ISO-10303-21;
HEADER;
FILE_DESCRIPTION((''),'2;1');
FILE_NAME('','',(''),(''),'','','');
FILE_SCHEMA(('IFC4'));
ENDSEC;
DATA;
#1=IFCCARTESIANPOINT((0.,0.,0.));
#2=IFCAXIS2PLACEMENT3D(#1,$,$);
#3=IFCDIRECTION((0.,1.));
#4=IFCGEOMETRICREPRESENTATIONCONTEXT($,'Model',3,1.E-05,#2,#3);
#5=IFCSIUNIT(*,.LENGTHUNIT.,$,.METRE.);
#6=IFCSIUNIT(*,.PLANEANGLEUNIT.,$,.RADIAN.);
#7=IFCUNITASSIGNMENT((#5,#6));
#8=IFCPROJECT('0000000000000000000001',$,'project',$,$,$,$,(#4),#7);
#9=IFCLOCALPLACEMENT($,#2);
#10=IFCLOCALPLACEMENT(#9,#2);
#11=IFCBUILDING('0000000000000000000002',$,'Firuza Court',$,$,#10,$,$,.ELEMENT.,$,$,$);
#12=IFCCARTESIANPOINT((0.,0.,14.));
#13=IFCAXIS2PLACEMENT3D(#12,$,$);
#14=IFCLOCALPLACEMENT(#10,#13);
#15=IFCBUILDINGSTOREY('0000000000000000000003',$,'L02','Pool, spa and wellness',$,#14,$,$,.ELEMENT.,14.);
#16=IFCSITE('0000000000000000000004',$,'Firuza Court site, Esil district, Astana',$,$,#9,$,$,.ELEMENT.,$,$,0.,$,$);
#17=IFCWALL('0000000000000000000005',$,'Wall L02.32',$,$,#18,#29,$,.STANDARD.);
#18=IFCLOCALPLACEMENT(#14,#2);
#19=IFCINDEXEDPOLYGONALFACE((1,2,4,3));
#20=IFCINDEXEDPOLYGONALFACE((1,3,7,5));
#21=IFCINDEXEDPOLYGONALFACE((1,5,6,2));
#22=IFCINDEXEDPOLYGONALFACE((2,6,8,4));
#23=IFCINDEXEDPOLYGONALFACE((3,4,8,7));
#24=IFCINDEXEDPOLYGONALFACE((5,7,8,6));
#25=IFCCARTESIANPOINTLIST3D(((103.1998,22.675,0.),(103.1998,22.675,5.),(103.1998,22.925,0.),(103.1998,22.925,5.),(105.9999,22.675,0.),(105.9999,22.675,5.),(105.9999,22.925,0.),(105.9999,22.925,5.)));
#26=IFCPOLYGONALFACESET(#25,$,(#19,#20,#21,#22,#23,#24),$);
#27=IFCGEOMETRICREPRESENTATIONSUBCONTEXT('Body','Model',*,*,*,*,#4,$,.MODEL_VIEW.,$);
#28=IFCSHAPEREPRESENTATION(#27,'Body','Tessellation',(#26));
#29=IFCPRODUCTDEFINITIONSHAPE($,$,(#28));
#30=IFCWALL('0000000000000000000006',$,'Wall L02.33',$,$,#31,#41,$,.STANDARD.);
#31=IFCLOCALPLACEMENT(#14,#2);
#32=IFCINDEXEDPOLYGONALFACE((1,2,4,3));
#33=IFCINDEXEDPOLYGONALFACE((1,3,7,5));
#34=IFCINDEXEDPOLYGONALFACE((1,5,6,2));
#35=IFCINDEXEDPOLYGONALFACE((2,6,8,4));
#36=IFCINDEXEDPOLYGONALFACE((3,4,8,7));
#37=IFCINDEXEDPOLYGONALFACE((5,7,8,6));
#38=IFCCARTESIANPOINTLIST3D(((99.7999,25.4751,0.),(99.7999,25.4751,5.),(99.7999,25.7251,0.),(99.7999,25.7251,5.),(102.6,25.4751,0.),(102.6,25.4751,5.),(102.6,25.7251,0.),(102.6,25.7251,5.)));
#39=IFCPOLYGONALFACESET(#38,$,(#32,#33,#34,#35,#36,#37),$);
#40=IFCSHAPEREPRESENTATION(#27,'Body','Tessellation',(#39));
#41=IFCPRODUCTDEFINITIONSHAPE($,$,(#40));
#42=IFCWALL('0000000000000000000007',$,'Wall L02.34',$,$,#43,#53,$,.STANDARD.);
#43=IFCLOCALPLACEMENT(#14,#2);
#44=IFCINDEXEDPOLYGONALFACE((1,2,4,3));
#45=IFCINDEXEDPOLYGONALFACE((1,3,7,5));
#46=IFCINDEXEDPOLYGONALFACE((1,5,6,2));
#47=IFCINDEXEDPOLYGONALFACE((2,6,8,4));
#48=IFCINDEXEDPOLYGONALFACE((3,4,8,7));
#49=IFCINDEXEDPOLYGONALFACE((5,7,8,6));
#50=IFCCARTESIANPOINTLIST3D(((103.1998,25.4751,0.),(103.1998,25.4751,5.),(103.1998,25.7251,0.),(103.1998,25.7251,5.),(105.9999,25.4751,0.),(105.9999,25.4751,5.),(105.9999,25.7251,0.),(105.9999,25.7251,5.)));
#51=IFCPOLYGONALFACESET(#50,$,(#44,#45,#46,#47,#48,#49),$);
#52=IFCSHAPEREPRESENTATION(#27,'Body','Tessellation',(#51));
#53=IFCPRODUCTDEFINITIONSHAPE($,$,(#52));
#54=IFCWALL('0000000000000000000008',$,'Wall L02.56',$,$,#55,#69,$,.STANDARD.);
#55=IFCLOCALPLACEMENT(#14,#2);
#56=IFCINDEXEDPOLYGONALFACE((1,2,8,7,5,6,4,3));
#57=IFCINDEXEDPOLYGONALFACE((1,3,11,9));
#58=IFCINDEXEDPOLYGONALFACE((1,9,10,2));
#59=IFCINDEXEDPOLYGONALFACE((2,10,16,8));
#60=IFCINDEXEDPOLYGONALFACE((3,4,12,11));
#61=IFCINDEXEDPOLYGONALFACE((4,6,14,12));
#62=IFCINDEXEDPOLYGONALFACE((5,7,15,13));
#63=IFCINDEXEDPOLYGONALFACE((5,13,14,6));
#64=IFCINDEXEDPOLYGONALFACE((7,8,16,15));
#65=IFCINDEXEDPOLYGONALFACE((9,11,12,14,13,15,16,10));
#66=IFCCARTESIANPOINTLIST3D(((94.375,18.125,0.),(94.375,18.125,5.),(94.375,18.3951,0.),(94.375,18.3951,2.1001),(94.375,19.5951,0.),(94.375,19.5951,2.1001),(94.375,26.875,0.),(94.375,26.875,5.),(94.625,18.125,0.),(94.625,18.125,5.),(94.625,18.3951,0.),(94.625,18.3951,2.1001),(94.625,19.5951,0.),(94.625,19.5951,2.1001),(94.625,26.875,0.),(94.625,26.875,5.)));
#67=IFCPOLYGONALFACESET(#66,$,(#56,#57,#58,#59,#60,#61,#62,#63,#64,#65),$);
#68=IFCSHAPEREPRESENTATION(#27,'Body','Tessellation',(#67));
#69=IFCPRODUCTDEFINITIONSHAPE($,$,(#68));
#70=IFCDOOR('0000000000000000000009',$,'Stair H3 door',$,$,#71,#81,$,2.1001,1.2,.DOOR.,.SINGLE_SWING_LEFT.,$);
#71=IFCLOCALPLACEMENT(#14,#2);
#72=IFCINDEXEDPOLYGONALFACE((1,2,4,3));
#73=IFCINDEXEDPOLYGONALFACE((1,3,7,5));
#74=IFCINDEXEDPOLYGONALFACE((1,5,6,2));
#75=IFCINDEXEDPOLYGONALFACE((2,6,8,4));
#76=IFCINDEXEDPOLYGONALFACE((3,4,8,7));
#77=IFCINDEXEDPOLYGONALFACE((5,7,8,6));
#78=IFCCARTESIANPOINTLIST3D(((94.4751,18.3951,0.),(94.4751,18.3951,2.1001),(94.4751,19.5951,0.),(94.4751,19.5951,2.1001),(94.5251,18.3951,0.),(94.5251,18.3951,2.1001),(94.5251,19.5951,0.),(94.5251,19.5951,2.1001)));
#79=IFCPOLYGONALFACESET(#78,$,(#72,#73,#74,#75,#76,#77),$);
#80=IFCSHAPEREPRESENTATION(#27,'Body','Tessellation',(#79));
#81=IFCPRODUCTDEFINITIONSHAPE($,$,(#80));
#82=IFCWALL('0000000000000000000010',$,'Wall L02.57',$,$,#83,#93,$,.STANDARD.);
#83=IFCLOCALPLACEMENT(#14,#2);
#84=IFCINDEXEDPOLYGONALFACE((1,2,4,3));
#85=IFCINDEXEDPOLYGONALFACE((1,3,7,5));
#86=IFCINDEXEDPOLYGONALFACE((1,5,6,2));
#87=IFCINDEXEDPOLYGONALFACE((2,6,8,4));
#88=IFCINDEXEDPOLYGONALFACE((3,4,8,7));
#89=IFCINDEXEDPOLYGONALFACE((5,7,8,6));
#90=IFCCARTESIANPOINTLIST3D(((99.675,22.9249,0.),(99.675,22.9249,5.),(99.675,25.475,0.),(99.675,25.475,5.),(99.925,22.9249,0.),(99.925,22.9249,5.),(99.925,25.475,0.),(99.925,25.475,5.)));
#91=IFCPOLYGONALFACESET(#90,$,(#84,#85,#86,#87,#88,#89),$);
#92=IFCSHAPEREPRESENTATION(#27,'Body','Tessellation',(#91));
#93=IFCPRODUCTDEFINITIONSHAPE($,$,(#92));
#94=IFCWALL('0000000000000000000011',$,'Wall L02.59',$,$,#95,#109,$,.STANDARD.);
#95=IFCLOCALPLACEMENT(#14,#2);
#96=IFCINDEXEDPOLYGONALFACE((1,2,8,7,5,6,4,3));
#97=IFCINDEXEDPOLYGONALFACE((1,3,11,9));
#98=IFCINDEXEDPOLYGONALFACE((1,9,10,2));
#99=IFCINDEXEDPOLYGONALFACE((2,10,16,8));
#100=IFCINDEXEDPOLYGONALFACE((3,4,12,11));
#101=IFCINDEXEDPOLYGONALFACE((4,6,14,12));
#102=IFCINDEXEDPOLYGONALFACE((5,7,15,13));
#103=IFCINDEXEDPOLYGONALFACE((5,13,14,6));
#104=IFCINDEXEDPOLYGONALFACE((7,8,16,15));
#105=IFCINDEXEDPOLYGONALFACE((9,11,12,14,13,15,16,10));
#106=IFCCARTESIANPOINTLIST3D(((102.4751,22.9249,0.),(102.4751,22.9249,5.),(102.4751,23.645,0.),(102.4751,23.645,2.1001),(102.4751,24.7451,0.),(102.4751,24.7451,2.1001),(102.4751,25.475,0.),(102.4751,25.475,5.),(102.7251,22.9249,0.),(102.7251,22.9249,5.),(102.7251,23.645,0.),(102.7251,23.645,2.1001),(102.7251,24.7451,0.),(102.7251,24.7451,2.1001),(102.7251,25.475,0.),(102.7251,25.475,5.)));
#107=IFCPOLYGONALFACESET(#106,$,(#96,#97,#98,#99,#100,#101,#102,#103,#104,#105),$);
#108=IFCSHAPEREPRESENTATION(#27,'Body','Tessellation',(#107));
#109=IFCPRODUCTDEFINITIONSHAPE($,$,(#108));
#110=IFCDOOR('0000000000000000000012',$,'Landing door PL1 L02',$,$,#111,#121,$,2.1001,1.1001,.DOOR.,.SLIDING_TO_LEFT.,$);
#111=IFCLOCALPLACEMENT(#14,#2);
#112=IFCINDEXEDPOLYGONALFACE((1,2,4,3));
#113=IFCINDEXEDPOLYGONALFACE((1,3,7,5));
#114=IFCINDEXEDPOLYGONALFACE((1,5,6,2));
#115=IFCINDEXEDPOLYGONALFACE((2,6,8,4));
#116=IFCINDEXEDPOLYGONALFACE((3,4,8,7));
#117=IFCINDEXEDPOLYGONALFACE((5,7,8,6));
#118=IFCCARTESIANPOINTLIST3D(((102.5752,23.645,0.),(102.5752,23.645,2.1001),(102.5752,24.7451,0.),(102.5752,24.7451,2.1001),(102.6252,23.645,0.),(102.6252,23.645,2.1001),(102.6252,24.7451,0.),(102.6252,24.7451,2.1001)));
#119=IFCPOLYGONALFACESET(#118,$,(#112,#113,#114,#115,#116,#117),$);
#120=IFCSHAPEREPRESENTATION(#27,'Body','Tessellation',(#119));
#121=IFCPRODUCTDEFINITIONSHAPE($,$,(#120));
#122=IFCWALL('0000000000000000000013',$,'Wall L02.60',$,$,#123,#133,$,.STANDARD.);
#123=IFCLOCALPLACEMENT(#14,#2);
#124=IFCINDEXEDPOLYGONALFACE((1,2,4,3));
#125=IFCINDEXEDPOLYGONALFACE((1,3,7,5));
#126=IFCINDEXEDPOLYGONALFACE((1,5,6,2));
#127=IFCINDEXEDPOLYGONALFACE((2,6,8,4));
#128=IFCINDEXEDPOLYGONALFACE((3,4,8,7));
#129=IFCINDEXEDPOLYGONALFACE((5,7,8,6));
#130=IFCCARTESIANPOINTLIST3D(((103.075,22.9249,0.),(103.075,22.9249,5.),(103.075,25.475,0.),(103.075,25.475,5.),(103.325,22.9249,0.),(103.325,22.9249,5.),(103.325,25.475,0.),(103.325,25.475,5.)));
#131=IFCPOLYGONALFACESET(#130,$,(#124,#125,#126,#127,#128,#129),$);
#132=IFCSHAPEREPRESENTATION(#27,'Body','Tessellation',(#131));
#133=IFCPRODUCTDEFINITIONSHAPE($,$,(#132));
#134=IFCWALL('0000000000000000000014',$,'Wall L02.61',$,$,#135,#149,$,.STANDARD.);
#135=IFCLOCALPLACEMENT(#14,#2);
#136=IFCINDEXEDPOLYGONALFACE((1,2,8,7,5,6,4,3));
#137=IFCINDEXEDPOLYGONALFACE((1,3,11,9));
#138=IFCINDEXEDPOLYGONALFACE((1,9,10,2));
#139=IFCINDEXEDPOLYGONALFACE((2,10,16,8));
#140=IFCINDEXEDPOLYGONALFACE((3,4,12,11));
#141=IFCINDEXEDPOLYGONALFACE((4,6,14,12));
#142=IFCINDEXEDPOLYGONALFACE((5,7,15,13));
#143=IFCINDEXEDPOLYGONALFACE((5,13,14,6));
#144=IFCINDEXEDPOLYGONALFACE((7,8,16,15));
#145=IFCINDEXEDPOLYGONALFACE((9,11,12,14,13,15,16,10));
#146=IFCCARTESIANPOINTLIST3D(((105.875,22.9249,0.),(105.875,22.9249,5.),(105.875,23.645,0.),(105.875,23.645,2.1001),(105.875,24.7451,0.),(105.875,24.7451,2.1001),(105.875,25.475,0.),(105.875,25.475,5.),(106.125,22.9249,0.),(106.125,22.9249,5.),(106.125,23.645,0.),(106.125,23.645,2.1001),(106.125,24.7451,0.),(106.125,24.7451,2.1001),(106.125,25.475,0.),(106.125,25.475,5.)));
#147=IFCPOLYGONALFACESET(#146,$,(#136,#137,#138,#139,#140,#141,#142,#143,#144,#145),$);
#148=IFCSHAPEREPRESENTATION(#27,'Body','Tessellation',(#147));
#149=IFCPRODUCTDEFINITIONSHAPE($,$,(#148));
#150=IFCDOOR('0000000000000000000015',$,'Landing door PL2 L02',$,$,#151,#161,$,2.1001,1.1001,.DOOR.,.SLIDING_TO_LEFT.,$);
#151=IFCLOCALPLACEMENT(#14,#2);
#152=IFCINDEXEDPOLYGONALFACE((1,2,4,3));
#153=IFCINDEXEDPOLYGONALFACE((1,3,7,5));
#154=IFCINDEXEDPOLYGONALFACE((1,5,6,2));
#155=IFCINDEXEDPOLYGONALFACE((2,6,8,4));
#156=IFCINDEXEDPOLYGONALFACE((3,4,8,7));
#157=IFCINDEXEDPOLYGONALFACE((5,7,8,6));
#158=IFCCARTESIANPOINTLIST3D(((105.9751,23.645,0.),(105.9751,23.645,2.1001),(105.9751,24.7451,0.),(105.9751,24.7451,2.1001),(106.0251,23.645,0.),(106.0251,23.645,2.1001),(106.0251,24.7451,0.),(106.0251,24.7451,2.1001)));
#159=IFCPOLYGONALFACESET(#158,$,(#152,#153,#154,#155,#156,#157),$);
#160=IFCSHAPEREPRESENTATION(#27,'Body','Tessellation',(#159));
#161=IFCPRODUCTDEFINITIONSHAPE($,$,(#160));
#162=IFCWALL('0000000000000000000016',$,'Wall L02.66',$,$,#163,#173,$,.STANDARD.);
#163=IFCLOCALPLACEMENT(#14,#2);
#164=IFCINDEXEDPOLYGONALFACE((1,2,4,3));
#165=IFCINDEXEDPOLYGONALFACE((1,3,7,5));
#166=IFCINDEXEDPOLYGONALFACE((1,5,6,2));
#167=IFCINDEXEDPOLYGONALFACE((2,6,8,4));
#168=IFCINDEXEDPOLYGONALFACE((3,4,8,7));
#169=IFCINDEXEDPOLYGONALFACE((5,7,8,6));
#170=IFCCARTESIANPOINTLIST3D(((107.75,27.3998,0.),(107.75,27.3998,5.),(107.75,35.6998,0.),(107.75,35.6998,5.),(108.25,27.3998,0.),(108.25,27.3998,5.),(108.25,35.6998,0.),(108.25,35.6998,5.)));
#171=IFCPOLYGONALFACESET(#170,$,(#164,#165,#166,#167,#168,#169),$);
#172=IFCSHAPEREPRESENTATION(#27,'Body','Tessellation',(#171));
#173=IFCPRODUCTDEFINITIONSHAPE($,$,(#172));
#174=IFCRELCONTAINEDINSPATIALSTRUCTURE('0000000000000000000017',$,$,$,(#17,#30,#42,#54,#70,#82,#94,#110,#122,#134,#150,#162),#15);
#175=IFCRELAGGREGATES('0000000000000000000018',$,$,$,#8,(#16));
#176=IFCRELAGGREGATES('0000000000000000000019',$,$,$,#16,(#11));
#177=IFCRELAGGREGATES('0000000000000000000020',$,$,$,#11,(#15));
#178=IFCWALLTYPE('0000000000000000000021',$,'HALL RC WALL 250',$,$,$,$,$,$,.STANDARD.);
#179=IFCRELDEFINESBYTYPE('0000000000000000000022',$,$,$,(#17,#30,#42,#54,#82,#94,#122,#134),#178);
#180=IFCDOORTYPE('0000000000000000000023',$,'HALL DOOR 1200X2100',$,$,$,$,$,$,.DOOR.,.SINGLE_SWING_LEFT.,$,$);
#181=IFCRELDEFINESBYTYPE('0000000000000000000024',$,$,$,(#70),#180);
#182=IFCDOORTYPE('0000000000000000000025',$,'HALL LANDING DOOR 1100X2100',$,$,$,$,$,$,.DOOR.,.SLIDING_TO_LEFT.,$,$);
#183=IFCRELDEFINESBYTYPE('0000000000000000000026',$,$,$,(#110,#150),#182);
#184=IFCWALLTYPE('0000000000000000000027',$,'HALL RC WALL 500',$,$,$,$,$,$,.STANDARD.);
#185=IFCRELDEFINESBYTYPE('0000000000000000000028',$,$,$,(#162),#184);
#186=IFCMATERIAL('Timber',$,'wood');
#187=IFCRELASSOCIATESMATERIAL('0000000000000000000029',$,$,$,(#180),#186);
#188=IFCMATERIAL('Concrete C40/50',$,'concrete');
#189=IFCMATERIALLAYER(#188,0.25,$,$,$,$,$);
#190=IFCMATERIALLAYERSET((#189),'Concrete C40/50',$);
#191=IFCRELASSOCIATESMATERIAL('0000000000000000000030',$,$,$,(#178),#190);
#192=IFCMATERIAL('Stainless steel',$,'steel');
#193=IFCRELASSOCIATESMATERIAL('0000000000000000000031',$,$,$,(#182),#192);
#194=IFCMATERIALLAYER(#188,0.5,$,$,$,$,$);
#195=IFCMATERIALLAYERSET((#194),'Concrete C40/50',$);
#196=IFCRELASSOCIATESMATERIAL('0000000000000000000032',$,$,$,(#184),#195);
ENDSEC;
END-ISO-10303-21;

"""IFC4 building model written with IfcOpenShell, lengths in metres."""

from ifc_helpers import new_model, si_unit, direction, frame, frame_2d, origin, place, context, subcontext, project, spatial, rectangle, extrude, material, layer, layer_set, type_object, element, fill, save


model = new_model("IFC4")

# Units and contexts
model_context = context("Model", 3, precision=1e-05, world=origin(), true_north=direction((0.0, 1.0)))
body_context = subcontext(model_context, "Body", "Model", "MODEL_VIEW")
ifc_project = project(units=[si_unit("LENGTHUNIT", "METRE"), si_unit("PLANEANGLEUNIT", "RADIAN")], contexts=[model_context])

# Site, building, storey
site_placement = place(None, origin())
site = spatial("IfcSite", under=ifc_project, at=site_placement, Name="Firuza Court site, Esil district, Astana", CompositionType="ELEMENT", RefElevation=0.0)
building_placement = place(site_placement, origin())
building = spatial("IfcBuilding", under=site, at=building_placement, Name="Firuza Court", CompositionType="ELEMENT")
storey_placement = place(building_placement, frame((0.0, 0.0, 14.0)))
storey = spatial("IfcBuildingStorey", under=building, at=storey_placement, Name="L02", Description="Pool, spa and wellness", CompositionType="ELEMENT", Elevation=14.0)

# Shared definitions
ifc_material_1 = material(Name="Timber", Category="wood")
door_type_1 = type_object("IfcDoorType", Name="HALL DOOR 1200X2100", OperationType="SINGLE_SWING_LEFT", PredefinedType="DOOR", material=ifc_material_1)

# Walls
ifc_material_2 = material(Name="Concrete C40/50", Category="concrete")
ifc_layer_1 = layer(ifc_material_2, 0.25)
ifc_layer_set_1 = layer_set([ifc_layer_1], Name="Concrete C40/50")
wall_type_1 = type_object("IfcWallType", Name="HALL RC WALL 250", PredefinedType="STANDARD", material=ifc_layer_set_1)
for number, where, z_axis, x_axis, name in (
    (1, (103.2, 22.8, 0.0), (0.0, 0.0, 1.0), (1.0, 0.0, 0.0), "Wall L02.32"),
    (2, (99.8, 25.6001, 0.0), (0.0, 0.0, 1.0), (1.0, 0.0, 0.0), "Wall L02.33"),
    (3, (103.2, 25.6001, 0.0), (0.0, 0.0, 1.0), (1.0, 0.0, 0.0), "Wall L02.34"),
):
    element("IfcWall", number, at=place(storey_placement, frame(where, z_axis=z_axis, x_axis=x_axis)), inside=storey, type_object=wall_type_1, Name=name, PredefinedType="STANDARD", context=body_context, shape_type="SweptSolid", body=[
        extrude(rectangle(XDim=2.8, YDim=0.25, at=frame_2d((1.3999, 0.0))), origin(), (0.0, 0.0, 1.0), 5.0),
    ])

# Wall, opening, door
wall_1_placement = place(storey_placement, frame((94.5, 18.125, 0.0), z_axis=(0.0, 0.0, 1.0), x_axis=(0.0, 1.0, 0.0)))
wall_1 = element("IfcWall", 4, at=wall_1_placement, inside=storey, type_object=wall_type_1, Name="Wall L02.56", PredefinedType="STANDARD", context=body_context, shape_type="SweptSolid", body=[
    extrude(rectangle(XDim=8.75, YDim=0.25, at=frame_2d((4.375, 0.0))), origin(), (0.0, 0.0, 1.0), 5.0),
])
opening_1_placement = place(wall_1_placement, frame((0.27, 0.0, 0.0)))
opening_1 = element("IfcOpeningElement", 5, at=opening_1_placement, cuts=wall_1, PredefinedType="OPENING", context=body_context, shape_type="SweptSolid", body=[
    extrude(rectangle(XDim=1.2, YDim=2.1001, at=frame_2d((0.6001, 1.05))), frame((0.0, 0.137, 0.0), z_axis=(0.0, -1.0, 0.0), x_axis=(1.0, 0.0, 0.0)), (0.0, 0.0, 1.0), 0.2739),
])
door_1_placement = place(opening_1_placement, origin())
door_1 = element("IfcDoor", 6, at=door_1_placement, inside=storey, type_object=door_type_1, Name="Stair H3 door", OperationType="SINGLE_SWING_LEFT", OverallHeight=2.1001, OverallWidth=1.2, PredefinedType="DOOR", context=body_context, shape_type="SweptSolid", body=[
    extrude(rectangle(XDim=1.2, YDim=2.1001, at=frame_2d((0.6001, 1.05))), frame((0.0, 0.0249, 0.0), z_axis=(0.0, -1.0, 0.0), x_axis=(1.0, 0.0, 0.0)), (0.0, 0.0, 1.0), 0.05),
])
fill(opening_1, door_1)

# Wall
wall_2_placement = place(storey_placement, frame((99.8, 22.925, 0.0), z_axis=(0.0, 0.0, 1.0), x_axis=(0.0, 1.0, 0.0)))
element("IfcWall", 7, at=wall_2_placement, inside=storey, type_object=wall_type_1, Name="Wall L02.57", PredefinedType="STANDARD", context=body_context, shape_type="SweptSolid", body=[
    extrude(rectangle(XDim=2.55, YDim=0.25, at=frame_2d((1.2749, 0.0))), origin(), (0.0, 0.0, 1.0), 5.0),
])

# Wall, opening, door
wall_3_placement = place(storey_placement, frame((102.6001, 22.925, 0.0), z_axis=(0.0, 0.0, 1.0), x_axis=(0.0, 1.0, 0.0)))
wall_3 = element("IfcWall", 8, at=wall_3_placement, inside=storey, type_object=wall_type_1, Name="Wall L02.59", PredefinedType="STANDARD", context=body_context, shape_type="SweptSolid", body=[
    extrude(rectangle(XDim=2.55, YDim=0.25, at=frame_2d((1.2749, 0.0))), origin(), (0.0, 0.0, 1.0), 5.0),
])
opening_2_placement = place(wall_3_placement, frame((0.72, 0.0, 0.0)))
opening_2 = element("IfcOpeningElement", 9, at=opening_2_placement, cuts=wall_3, PredefinedType="OPENING", context=body_context, shape_type="SweptSolid", body=[
    extrude(rectangle(XDim=1.1001, YDim=2.1001, at=frame_2d((0.55, 1.05))), frame((0.0, 0.137, 0.0), z_axis=(0.0, -1.0, 0.0), x_axis=(1.0, 0.0, 0.0)), (0.0, 0.0, 1.0), 0.2739),
])
ifc_material_3 = material(Name="Stainless steel", Category="steel")
door_type_2 = type_object("IfcDoorType", Name="HALL LANDING DOOR 1100X2100", OperationType="SLIDING_TO_LEFT", PredefinedType="DOOR", material=ifc_material_3)
door_2_placement = place(opening_2_placement, origin())
door_2 = element("IfcDoor", 10, at=door_2_placement, inside=storey, type_object=door_type_2, Name="Landing door PL1 L02", OperationType="SLIDING_TO_LEFT", OverallHeight=2.1001, OverallWidth=1.1001, PredefinedType="DOOR", context=body_context, shape_type="SweptSolid", body=[
    extrude(rectangle(XDim=1.1001, YDim=2.1001, at=frame_2d((0.55, 1.05))), frame((0.0, 0.0249, 0.0), z_axis=(0.0, -1.0, 0.0), x_axis=(1.0, 0.0, 0.0)), (0.0, 0.0, 1.0), 0.05),
])
fill(opening_2, door_2)

# Wall
wall_4_placement = place(storey_placement, frame((103.2, 22.925, 0.0), z_axis=(0.0, 0.0, 1.0), x_axis=(0.0, 1.0, 0.0)))
element("IfcWall", 11, at=wall_4_placement, inside=storey, type_object=wall_type_1, Name="Wall L02.60", PredefinedType="STANDARD", context=body_context, shape_type="SweptSolid", body=[
    extrude(rectangle(XDim=2.55, YDim=0.25, at=frame_2d((1.2749, 0.0))), origin(), (0.0, 0.0, 1.0), 5.0),
])

# Wall, opening, door
wall_5_placement = place(storey_placement, frame((106.0, 22.925, 0.0), z_axis=(0.0, 0.0, 1.0), x_axis=(0.0, 1.0, 0.0)))
wall_5 = element("IfcWall", 12, at=wall_5_placement, inside=storey, type_object=wall_type_1, Name="Wall L02.61", PredefinedType="STANDARD", context=body_context, shape_type="SweptSolid", body=[
    extrude(rectangle(XDim=2.55, YDim=0.25, at=frame_2d((1.2749, 0.0))), origin(), (0.0, 0.0, 1.0), 5.0),
])
opening_3_placement = place(wall_5_placement, frame((0.72, 0.0, 0.0)))
opening_3 = element("IfcOpeningElement", 13, at=opening_3_placement, cuts=wall_5, PredefinedType="OPENING", context=body_context, shape_type="SweptSolid", body=[
    extrude(rectangle(XDim=1.1001, YDim=2.1001, at=frame_2d((0.55, 1.05))), frame((0.0, 0.137, 0.0), z_axis=(0.0, -1.0, 0.0), x_axis=(1.0, 0.0, 0.0)), (0.0, 0.0, 1.0), 0.2739),
])
door_3_placement = place(opening_3_placement, origin())
door_3 = element("IfcDoor", 14, at=door_3_placement, inside=storey, type_object=door_type_2, Name="Landing door PL2 L02", OperationType="SLIDING_TO_LEFT", OverallHeight=2.1001, OverallWidth=1.1001, PredefinedType="DOOR", context=body_context, shape_type="SweptSolid", body=[
    extrude(rectangle(XDim=1.1001, YDim=2.1001, at=frame_2d((0.55, 1.05))), frame((0.0, 0.0249, 0.0), z_axis=(0.0, -1.0, 0.0), x_axis=(1.0, 0.0, 0.0)), (0.0, 0.0, 1.0), 0.05),
])
fill(opening_3, door_3)
ifc_layer_2 = layer(ifc_material_2, 0.5)
ifc_layer_set_2 = layer_set([ifc_layer_2], Name="Concrete C40/50")
wall_type_2 = type_object("IfcWallType", Name="HALL RC WALL 500", PredefinedType="STANDARD", material=ifc_layer_set_2)

# Wall
wall_6_placement = place(storey_placement, frame((108.0, 27.3999, 0.0), z_axis=(0.0, 0.0, 1.0), x_axis=(0.0, 1.0, 0.0)))
element("IfcWall", 15, at=wall_6_placement, inside=storey, type_object=wall_type_2, Name="Wall L02.66", PredefinedType="STANDARD", context=body_context, shape_type="SweptSolid", body=[
    extrude(rectangle(XDim=8.3, YDim=0.5, at=frame_2d((4.1499, 0.0))), origin(), (0.0, 0.0, 1.0), 5.0),
])

save(model, "model.ifc")
